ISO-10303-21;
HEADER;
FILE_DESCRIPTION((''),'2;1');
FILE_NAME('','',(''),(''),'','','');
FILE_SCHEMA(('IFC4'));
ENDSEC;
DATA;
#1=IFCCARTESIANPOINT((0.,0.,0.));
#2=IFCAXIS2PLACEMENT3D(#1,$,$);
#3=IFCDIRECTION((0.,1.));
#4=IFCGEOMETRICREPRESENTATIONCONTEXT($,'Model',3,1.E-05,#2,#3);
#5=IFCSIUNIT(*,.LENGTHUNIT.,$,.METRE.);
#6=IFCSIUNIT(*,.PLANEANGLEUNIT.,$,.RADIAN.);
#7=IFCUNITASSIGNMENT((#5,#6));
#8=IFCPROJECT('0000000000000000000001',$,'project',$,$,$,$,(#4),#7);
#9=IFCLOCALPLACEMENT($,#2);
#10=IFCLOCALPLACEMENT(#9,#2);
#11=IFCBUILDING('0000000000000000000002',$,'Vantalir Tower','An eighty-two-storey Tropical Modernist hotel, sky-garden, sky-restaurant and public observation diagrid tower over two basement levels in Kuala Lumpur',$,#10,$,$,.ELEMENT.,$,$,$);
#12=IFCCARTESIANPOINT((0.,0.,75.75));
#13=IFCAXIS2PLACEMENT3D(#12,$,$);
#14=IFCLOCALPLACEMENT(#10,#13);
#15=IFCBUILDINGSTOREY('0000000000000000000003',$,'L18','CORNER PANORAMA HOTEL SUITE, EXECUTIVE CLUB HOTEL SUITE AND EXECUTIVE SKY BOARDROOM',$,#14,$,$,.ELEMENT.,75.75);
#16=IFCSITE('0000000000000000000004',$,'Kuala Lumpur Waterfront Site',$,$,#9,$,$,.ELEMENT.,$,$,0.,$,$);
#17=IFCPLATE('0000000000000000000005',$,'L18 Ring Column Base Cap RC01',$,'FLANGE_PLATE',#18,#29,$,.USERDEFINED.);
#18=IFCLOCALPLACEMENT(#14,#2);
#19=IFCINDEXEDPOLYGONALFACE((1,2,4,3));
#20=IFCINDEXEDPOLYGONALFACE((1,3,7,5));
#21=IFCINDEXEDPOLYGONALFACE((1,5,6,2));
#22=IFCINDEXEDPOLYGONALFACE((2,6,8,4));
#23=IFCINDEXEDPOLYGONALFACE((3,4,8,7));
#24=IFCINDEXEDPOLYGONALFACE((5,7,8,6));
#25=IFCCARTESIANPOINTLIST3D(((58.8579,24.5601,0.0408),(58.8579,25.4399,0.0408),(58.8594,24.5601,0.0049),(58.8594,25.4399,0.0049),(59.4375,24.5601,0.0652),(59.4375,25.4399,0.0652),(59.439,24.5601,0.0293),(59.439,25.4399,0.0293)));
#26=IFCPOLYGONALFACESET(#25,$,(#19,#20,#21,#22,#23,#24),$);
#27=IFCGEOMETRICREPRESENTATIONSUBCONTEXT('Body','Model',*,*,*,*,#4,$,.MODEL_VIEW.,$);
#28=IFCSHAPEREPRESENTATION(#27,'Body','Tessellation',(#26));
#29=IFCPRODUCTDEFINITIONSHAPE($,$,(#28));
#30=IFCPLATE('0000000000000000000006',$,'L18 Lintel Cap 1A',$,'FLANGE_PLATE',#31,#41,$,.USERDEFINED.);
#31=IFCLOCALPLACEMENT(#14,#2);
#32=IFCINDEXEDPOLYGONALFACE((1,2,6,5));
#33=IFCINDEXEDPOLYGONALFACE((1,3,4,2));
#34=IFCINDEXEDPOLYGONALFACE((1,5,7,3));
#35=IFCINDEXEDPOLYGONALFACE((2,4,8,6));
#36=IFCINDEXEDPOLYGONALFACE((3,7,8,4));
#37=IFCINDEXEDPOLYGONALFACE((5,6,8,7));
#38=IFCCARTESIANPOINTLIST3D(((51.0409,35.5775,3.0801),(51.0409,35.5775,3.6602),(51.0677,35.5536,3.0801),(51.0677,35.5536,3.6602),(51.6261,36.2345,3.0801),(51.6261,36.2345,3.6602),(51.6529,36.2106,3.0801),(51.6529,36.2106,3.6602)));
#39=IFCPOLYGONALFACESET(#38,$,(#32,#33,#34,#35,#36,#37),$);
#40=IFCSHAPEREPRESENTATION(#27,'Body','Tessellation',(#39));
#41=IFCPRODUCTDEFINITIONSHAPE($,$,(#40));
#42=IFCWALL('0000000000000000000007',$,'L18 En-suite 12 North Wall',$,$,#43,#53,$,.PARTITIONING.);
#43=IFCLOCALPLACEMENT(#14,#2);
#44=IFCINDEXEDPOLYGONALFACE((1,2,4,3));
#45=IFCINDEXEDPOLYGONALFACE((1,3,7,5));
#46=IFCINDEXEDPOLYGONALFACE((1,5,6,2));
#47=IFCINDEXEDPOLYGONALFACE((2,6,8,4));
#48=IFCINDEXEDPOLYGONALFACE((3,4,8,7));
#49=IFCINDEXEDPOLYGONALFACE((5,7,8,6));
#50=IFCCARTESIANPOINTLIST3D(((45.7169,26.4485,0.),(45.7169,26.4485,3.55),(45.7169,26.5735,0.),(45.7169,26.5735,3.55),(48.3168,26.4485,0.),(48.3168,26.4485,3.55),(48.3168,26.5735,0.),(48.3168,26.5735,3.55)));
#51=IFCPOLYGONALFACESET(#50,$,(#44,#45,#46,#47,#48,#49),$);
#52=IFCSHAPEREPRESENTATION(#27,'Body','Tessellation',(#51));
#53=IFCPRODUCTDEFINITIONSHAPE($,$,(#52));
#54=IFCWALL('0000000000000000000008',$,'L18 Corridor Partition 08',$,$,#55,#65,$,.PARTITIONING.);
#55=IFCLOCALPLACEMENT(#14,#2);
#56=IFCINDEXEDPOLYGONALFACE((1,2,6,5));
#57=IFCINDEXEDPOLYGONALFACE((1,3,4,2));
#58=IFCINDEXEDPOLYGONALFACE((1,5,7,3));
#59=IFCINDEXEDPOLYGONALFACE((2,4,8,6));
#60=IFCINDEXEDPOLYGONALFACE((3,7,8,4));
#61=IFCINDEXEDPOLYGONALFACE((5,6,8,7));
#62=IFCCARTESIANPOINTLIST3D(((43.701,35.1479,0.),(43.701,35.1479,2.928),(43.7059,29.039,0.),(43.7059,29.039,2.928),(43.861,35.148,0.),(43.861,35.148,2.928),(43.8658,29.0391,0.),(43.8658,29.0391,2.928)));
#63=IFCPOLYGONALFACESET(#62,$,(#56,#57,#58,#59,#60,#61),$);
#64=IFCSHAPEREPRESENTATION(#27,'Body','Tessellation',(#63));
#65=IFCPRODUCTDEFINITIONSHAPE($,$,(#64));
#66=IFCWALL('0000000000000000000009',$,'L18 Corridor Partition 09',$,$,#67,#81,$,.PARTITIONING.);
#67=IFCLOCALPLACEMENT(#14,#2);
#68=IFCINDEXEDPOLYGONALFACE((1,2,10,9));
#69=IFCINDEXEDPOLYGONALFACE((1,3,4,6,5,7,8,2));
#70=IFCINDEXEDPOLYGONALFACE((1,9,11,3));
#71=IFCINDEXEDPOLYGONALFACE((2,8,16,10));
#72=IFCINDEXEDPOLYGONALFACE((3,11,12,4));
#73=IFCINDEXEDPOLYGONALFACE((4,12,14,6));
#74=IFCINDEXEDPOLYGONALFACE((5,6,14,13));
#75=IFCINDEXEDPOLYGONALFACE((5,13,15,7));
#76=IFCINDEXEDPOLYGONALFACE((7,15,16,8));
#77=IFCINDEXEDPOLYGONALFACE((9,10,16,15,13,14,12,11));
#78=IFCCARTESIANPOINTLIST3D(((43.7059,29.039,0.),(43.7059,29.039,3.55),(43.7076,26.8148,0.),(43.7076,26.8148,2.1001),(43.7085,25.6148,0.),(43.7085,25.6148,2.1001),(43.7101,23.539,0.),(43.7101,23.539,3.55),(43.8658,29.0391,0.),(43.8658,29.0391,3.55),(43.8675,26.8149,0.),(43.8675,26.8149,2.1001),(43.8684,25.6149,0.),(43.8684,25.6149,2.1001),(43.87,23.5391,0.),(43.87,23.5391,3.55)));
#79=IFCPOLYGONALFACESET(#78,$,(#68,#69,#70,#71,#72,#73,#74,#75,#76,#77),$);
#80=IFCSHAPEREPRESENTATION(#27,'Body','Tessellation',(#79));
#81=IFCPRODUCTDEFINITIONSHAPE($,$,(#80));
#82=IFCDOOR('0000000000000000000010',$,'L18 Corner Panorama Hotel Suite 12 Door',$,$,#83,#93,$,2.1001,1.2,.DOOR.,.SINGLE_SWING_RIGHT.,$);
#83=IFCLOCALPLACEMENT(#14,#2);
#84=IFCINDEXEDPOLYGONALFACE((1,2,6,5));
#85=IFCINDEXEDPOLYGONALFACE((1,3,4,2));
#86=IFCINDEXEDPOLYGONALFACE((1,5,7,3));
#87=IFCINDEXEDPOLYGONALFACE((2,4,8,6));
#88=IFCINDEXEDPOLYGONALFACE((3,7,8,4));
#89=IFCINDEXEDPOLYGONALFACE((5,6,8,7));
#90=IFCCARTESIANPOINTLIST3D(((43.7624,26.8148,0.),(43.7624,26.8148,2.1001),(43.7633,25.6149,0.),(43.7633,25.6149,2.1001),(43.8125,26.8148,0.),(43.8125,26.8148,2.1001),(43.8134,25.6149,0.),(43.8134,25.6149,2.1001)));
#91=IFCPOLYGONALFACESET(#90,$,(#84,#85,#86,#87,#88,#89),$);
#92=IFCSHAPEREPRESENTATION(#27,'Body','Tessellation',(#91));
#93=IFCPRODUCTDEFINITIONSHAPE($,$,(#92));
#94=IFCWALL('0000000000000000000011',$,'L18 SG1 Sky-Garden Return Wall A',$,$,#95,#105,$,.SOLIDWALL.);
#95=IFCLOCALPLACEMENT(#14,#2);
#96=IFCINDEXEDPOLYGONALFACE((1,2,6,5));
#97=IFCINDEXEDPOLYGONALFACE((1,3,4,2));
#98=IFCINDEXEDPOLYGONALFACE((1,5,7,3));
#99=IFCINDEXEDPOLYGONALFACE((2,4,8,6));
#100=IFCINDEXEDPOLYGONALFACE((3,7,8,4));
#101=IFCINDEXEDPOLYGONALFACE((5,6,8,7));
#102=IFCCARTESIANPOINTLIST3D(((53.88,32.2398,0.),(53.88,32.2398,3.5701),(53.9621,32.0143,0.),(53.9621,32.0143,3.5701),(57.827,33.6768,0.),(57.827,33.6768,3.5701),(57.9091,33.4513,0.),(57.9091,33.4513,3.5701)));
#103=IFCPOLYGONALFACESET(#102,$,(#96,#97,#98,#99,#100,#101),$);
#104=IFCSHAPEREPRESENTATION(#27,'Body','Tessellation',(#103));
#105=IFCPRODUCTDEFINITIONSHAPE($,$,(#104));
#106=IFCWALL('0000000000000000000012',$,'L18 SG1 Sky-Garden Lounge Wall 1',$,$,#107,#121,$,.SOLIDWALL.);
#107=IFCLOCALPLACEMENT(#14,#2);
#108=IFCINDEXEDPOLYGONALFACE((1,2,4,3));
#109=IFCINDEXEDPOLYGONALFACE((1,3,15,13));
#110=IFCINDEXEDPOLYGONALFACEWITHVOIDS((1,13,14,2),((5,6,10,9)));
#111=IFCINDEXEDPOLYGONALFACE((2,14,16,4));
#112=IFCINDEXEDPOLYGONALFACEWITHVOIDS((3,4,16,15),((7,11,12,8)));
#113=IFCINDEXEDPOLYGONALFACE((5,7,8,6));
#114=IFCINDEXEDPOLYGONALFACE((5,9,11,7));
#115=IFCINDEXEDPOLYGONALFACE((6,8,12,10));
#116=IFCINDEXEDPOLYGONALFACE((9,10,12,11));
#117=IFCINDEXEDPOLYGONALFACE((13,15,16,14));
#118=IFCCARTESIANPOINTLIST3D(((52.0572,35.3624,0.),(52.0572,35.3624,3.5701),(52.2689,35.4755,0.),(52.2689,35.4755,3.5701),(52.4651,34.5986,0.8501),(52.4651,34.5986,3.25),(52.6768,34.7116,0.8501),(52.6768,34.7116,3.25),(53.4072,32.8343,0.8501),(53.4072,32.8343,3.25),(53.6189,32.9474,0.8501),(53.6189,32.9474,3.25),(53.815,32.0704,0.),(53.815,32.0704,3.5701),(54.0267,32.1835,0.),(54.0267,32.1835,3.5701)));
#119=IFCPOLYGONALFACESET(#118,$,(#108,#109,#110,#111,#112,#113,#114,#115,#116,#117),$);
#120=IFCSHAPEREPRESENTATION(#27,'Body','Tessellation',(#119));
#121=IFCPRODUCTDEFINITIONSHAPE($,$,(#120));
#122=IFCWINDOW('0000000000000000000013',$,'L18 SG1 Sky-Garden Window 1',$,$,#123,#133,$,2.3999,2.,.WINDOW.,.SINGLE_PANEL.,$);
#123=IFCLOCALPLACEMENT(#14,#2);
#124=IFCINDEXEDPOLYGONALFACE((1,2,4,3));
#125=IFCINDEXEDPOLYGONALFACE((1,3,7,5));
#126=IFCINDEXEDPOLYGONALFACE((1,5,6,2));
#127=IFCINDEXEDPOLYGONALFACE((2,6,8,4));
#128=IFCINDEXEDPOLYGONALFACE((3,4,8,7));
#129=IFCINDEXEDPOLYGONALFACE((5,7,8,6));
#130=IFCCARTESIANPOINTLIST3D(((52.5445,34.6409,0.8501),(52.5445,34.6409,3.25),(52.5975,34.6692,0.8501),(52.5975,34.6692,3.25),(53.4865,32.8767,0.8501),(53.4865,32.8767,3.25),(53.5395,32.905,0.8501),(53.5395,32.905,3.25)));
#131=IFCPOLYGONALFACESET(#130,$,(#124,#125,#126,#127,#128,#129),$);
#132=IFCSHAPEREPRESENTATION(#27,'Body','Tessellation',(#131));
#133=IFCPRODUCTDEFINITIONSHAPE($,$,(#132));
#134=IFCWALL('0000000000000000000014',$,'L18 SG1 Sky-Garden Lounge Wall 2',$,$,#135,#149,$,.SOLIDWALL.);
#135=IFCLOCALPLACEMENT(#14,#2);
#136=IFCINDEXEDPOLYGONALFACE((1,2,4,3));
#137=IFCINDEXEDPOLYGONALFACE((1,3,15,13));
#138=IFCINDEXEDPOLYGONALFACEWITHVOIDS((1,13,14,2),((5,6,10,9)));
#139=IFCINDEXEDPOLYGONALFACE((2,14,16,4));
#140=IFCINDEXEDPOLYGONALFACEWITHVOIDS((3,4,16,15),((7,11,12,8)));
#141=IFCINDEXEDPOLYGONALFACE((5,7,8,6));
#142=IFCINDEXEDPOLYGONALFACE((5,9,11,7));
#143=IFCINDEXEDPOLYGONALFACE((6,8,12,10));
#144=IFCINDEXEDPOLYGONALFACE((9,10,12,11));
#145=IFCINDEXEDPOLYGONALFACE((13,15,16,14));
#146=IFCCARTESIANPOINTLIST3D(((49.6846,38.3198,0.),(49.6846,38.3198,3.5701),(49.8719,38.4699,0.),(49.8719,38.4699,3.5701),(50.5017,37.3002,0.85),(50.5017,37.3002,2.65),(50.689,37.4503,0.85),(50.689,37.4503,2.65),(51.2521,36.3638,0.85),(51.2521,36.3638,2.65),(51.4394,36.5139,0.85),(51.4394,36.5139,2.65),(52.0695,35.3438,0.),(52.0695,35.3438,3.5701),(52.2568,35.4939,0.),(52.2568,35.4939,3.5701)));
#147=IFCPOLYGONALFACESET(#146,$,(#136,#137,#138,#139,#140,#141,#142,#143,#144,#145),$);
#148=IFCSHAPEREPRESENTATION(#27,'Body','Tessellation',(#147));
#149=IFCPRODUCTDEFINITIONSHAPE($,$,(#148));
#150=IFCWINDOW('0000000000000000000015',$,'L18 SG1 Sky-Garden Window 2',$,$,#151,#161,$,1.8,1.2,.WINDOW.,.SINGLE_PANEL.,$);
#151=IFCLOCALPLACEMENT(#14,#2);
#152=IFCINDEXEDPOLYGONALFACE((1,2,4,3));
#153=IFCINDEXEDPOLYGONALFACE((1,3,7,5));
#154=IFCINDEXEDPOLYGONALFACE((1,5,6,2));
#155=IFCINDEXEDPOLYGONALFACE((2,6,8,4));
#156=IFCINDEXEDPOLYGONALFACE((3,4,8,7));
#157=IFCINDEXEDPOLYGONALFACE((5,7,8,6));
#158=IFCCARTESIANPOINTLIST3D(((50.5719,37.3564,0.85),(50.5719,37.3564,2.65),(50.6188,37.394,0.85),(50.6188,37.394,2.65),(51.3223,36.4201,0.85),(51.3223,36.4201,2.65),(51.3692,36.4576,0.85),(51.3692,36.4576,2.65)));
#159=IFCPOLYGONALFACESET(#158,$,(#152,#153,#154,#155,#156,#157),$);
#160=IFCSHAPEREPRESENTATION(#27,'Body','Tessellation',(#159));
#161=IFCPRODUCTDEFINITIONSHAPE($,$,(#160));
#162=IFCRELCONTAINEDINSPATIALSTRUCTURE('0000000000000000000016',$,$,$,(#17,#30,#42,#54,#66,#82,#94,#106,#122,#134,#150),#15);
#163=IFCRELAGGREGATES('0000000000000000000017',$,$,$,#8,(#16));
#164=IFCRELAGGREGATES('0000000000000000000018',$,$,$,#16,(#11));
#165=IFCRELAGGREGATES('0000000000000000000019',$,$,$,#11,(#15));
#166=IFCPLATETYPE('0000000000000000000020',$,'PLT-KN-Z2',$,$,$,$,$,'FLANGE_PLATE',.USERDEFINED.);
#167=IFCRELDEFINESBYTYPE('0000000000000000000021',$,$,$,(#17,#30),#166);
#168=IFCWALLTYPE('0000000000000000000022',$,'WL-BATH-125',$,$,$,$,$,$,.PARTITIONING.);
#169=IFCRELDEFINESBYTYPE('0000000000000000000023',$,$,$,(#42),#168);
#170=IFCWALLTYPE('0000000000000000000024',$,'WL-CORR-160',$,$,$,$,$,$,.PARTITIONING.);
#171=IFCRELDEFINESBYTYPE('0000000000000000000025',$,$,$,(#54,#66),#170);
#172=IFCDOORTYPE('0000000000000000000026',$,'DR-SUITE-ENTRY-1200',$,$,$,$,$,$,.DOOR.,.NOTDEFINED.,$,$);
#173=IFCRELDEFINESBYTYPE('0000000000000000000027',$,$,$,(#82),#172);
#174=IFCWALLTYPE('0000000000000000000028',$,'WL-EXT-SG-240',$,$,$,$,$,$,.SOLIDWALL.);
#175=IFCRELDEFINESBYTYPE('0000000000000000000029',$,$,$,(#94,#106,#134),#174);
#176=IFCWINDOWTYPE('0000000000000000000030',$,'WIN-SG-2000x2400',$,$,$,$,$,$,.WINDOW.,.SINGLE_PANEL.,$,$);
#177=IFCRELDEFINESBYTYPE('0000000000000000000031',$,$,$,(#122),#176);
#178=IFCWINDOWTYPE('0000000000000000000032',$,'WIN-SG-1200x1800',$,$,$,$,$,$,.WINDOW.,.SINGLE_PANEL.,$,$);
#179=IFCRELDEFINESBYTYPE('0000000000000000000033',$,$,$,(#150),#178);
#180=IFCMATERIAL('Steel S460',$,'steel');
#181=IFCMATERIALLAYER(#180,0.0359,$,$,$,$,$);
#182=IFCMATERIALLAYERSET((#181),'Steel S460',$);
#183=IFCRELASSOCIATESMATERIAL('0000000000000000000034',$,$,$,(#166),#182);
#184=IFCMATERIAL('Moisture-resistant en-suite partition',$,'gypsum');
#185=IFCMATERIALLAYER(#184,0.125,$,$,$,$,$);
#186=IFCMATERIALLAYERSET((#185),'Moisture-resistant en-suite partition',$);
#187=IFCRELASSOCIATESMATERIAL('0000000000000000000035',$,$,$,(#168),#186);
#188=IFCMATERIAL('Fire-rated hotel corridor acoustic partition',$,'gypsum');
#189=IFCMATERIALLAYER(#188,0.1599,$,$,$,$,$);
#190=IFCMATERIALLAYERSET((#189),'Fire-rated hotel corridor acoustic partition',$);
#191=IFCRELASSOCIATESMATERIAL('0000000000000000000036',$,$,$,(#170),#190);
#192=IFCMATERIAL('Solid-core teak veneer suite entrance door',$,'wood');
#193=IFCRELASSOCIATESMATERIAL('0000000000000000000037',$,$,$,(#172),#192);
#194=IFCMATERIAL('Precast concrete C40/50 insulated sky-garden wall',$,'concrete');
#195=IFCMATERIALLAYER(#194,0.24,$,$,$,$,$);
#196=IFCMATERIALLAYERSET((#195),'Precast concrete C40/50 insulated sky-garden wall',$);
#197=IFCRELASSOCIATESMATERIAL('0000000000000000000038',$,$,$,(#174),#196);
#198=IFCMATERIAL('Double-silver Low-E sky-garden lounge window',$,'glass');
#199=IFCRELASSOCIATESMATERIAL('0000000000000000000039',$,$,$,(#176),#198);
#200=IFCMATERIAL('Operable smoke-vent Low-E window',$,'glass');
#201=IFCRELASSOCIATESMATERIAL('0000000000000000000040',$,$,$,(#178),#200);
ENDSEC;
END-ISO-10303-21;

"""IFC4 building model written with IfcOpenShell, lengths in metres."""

from ifc_helpers import new_model, si_unit, direction, frame, frame_2d, origin, origin_2d, place, context, subcontext, project, spatial, polyline, rectangle, outline, extrude, material, layer, layer_set, type_object, element, fill, save


model = new_model("IFC4")

# Units and contexts
model_context = context("Model", 3, precision=1e-05, world=origin(), true_north=direction((0.0, 1.0)))
body_context = subcontext(model_context, "Body", "Model", "MODEL_VIEW")
ifc_project = project(units=[si_unit("LENGTHUNIT", "METRE"), si_unit("PLANEANGLEUNIT", "RADIAN")], contexts=[model_context])

# Site, building, storey
site_placement = place(None, origin())
site = spatial("IfcSite", under=ifc_project, at=site_placement, Name="Kuala Lumpur Waterfront Site", CompositionType="ELEMENT", RefElevation=0.0)
building_placement = place(site_placement, origin())
building = spatial("IfcBuilding", under=site, at=building_placement, Name="Vantalir Tower", Description="An eighty-two-storey Tropical Modernist hotel, sky-garden, sky-restaurant and public observation diagrid tower over two basement levels in Kuala Lumpur", CompositionType="ELEMENT")
storey_placement = place(building_placement, frame((0.0, 0.0, 75.75)))
storey = spatial("IfcBuildingStorey", under=building, at=storey_placement, Name="L18", Description="CORNER PANORAMA HOTEL SUITE, EXECUTIVE CLUB HOTEL SUITE AND EXECUTIVE SKY BOARDROOM", CompositionType="ELEMENT", Elevation=75.75)

# Plates
ifc_material_1 = material(Name="Steel S460", Category="steel")
ifc_layer_1 = layer(ifc_material_1, 0.0359)
ifc_layer_set_1 = layer_set([ifc_layer_1], Name="Steel S460")
plate_type_1 = type_object("IfcPlateType", Name="PLT-KN-Z2", ElementType="FLANGE_PLATE", PredefinedType="USERDEFINED", material=ifc_layer_set_1)
for number, where, z_axis, x_axis, name in (
    (1, (58.8579, 25.4399, 0.0408), (-0.042086, 0.0, 0.999114), (0.0, -1.0, 0.0), "L18 Ring Column Base Cap RC01"),
):
    element("IfcPlate", number, at=place(storey_placement, frame(where, z_axis=z_axis, x_axis=x_axis)), inside=storey, type_object=plate_type_1, Name=name, ObjectType="FLANGE_PLATE", PredefinedType="USERDEFINED", context=body_context, shape_type="SweptSolid", body=[
        extrude(outline(polyline([(0.0, 0.0), (0.8799, 0.0), (0.8799, 0.5801), (0.0, 0.5801), (0.0, 0.0)])), origin(), (0.0, 0.0, -1.0), 0.0359),
    ])
plate_1_placement = place(storey_placement, frame((51.3469, 35.894, 3.0801), z_axis=(0.0, 0.0, 1.0), x_axis=(-0.746731, 0.665126, 0.0)))
element("IfcPlate", 2, at=plate_1_placement, inside=storey, type_object=plate_type_1, Name="L18 Lintel Cap 1A", ObjectType="FLANGE_PLATE", PredefinedType="USERDEFINED", context=body_context, shape_type="SweptSolid", body=[
    extrude(rectangle(XDim=0.0359, YDim=0.8799, at=origin_2d()), origin(), (0.0, 0.0, 1.0), 0.5801),
])

# Walls
ifc_material_2 = material(Name="Moisture-resistant en-suite partition", Category="gypsum")
ifc_layer_2 = layer(ifc_material_2, 0.125)
ifc_layer_set_2 = layer_set([ifc_layer_2], Name="Moisture-resistant en-suite partition")
wall_type_1 = type_object("IfcWallType", Name="WL-BATH-125", PredefinedType="PARTITIONING", material=ifc_layer_set_2)
wall_1_placement = place(storey_placement, frame((45.717, 26.511, 0.0), z_axis=(0.0, 0.0, 1.0), x_axis=(1.0, 0.0, 0.0)))
element("IfcWall", 3, at=wall_1_placement, inside=storey, type_object=wall_type_1, Name="L18 En-suite 12 North Wall", PredefinedType="PARTITIONING", context=body_context, shape_type="SweptSolid", body=[
    extrude(rectangle(XDim=2.5999, YDim=0.125, at=frame_2d((1.2998, 0.0))), origin(), (0.0, 0.0, 1.0), 3.55),
])
ifc_material_3 = material(Name="Fire-rated hotel corridor acoustic partition", Category="gypsum")
ifc_layer_3 = layer(ifc_material_3, 0.1599)
ifc_layer_set_3 = layer_set([ifc_layer_3], Name="Fire-rated hotel corridor acoustic partition")
wall_type_2 = type_object("IfcWallType", Name="WL-CORR-160", PredefinedType="PARTITIONING", material=ifc_layer_set_3)
wall_2_placement = place(storey_placement, frame((43.781, 35.1479, 0.0), z_axis=(0.0, 0.0, 1.0), x_axis=(0.000799, -1.0, 0.0)))
element("IfcWall", 4, at=wall_2_placement, inside=storey, type_object=wall_type_2, Name="L18 Corridor Partition 08", PredefinedType="PARTITIONING", context=body_context, shape_type="SweptSolid", body=[
    extrude(rectangle(XDim=6.1089, YDim=0.1599, at=frame_2d((3.0544, 0.0))), origin(), (0.0, 0.0, 1.0), 2.928),
])

# Wall, opening, door
wall_3_placement = place(storey_placement, frame((43.7859, 29.0391, 0.0), z_axis=(0.0, 0.0, 1.0), x_axis=(0.000755, -1.0, 0.0)))
wall_3 = element("IfcWall", 5, at=wall_3_placement, inside=storey, type_object=wall_type_2, Name="L18 Corridor Partition 09", PredefinedType="PARTITIONING", context=body_context, shape_type="SweptSolid", body=[
    extrude(rectangle(XDim=5.5, YDim=0.1599, at=frame_2d((2.75, 0.0))), origin(), (0.0, 0.0, 1.0), 3.55),
])
opening_1_placement = place(wall_3_placement, frame((2.2241, 0.0, 0.0)))
opening_1 = element("IfcOpeningElement", 6, at=opening_1_placement, cuts=wall_3, PredefinedType="OPENING", context=body_context, shape_type="SweptSolid", body=[
    extrude(rectangle(XDim=1.2, YDim=2.1001, at=frame_2d((0.6001, 1.05))), frame((0.0, 0.0898, 0.0), z_axis=(0.0, -1.0, 0.0), x_axis=(1.0, 0.0, 0.0)), (0.0, 0.0, 1.0), 0.1799),
])
ifc_material_4 = material(Name="Solid-core teak veneer suite entrance door", Category="wood")
door_type = type_object("IfcDoorType", Name="DR-SUITE-ENTRY-1200", OperationType="NOTDEFINED", PredefinedType="DOOR", material=ifc_material_4)
door_placement = place(opening_1_placement, origin())
door = element("IfcDoor", 7, at=door_placement, inside=storey, type_object=door_type, Name="L18 Corner Panorama Hotel Suite 12 Door", OperationType="SINGLE_SWING_RIGHT", OverallHeight=2.1001, OverallWidth=1.2, PredefinedType="DOOR", context=body_context, shape_type="SweptSolid", body=[
    extrude(rectangle(XDim=1.2, YDim=2.1001, at=frame_2d((0.6001, 1.05))), frame((0.0, 0.0249, 0.0), z_axis=(0.0, -1.0, 0.0), x_axis=(1.0, 0.0, 0.0)), (0.0, 0.0, 1.0), 0.05),
])
fill(opening_1, door)

# Wall
ifc_material_5 = material(Name="Precast concrete C40/50 insulated sky-garden wall", Category="concrete")
ifc_layer_4 = layer(ifc_material_5, 0.24)
ifc_layer_set_4 = layer_set([ifc_layer_4], Name="Precast concrete C40/50 insulated sky-garden wall")
wall_type_3 = type_object("IfcWallType", Name="WL-EXT-SG-240", PredefinedType="SOLIDWALL", material=ifc_layer_set_4)
wall_4_placement = place(storey_placement, frame((57.8679, 33.564, 0.0), z_axis=(0.0, 0.0, 1.0), x_axis=(-0.939661, -0.342107, 0.0)))
element("IfcWall", 8, at=wall_4_placement, inside=storey, type_object=wall_type_3, Name="L18 SG1 Sky-Garden Return Wall A", PredefinedType="SOLIDWALL", context=body_context, shape_type="SweptSolid", body=[
    extrude(rectangle(XDim=4.2004, YDim=0.24, at=frame_2d((2.1001, 0.0))), origin(), (0.0, 0.0, 1.0), 3.5701),
])

# Walls, openings, windows
wall_5_placement = place(storey_placement, frame((53.9209, 32.127, 0.0), z_axis=(0.0, 0.0, 1.0), x_axis=(-0.471023, 0.882121, 0.0)))
wall_5 = element("IfcWall", 9, at=wall_5_placement, inside=storey, type_object=wall_type_3, Name="L18 SG1 Sky-Garden Lounge Wall 1", PredefinedType="SOLIDWALL", context=body_context, shape_type="SweptSolid", body=[
    extrude(rectangle(XDim=3.7319, YDim=0.24, at=frame_2d((1.866, 0.0))), origin(), (0.0, 0.0, 1.0), 3.5701),
])
opening_2_placement = place(wall_5_placement, frame((0.866, 0.0, 0.8501)))
opening_2 = element("IfcOpeningElement", 10, at=opening_2_placement, cuts=wall_5, PredefinedType="OPENING", context=body_context, shape_type="SweptSolid", body=[
    extrude(rectangle(XDim=2.0, YDim=2.3999, at=frame_2d((1.0, 1.2))), frame((0.0, 0.1299, 0.0), z_axis=(0.0, -1.0, 0.0), x_axis=(1.0, 0.0, 0.0)), (0.0, 0.0, 1.0), 0.26),
])
ifc_material_6 = material(Name="Double-silver Low-E sky-garden lounge window", Category="glass")
window_type_1 = type_object("IfcWindowType", Name="WIN-SG-2000x2400", PartitioningType="SINGLE_PANEL", PredefinedType="WINDOW", material=ifc_material_6)
window_1_placement = place(opening_2_placement, origin())
window_1 = element("IfcWindow", 11, at=window_1_placement, inside=storey, type_object=window_type_1, Name="L18 SG1 Sky-Garden Window 1", OverallHeight=2.3999, OverallWidth=2.0, PartitioningType="SINGLE_PANEL", PredefinedType="WINDOW", context=body_context, shape_type="SweptSolid", body=[
    extrude(rectangle(XDim=2.0, YDim=2.3999, at=frame_2d((1.0, 1.2))), frame((0.0, 0.03, 0.0), z_axis=(0.0, -1.0, 0.0), x_axis=(1.0, 0.0, 0.0)), (0.0, 0.0, 1.0), 0.0601),
])
fill(opening_2, window_1)
wall_6_placement = place(storey_placement, frame((52.1631, 35.4189, 0.0), z_axis=(0.0, 0.0, 1.0), x_axis=(-0.625358, 0.780338, 0.0)))
wall_6 = element("IfcWall", 12, at=wall_6_placement, inside=storey, type_object=wall_type_3, Name="L18 SG1 Sky-Garden Lounge Wall 2", PredefinedType="SOLIDWALL", context=body_context, shape_type="SweptSolid", body=[
    extrude(rectangle(XDim=3.8137, YDim=0.24, at=frame_2d((1.9067, 0.0))), origin(), (0.0, 0.0, 1.0), 3.5701),
])
opening_3_placement = place(wall_6_placement, frame((1.3069, 0.0, 0.8501)))
opening_3 = element("IfcOpeningElement", 13, at=opening_3_placement, cuts=wall_6, PredefinedType="OPENING", context=body_context, shape_type="SweptSolid", body=[
    extrude(rectangle(XDim=1.2, YDim=1.8, at=frame_2d((0.6001, 0.8999))), frame((0.0, 0.1299, 0.0), z_axis=(0.0, -1.0, 0.0), x_axis=(1.0, 0.0, 0.0)), (0.0, 0.0, 1.0), 0.26),
])
ifc_material_7 = material(Name="Operable smoke-vent Low-E window", Category="glass")
window_type_2 = type_object("IfcWindowType", Name="WIN-SG-1200x1800", PartitioningType="SINGLE_PANEL", PredefinedType="WINDOW", material=ifc_material_7)
window_2_placement = place(opening_3_placement, origin())
window_2 = element("IfcWindow", 14, at=window_2_placement, inside=storey, type_object=window_type_2, Name="L18 SG1 Sky-Garden Window 2", OverallHeight=1.8, OverallWidth=1.2, PartitioningType="SINGLE_PANEL", PredefinedType="WINDOW", context=body_context, shape_type="SweptSolid", body=[
    extrude(rectangle(XDim=1.2, YDim=1.8, at=frame_2d((0.6001, 0.8999))), frame((0.0, 0.03, 0.0), z_axis=(0.0, -1.0, 0.0), x_axis=(1.0, 0.0, 0.0)), (0.0, 0.0, 1.0), 0.0601),
])
fill(opening_3, window_2)

save(model, "model.ifc")
